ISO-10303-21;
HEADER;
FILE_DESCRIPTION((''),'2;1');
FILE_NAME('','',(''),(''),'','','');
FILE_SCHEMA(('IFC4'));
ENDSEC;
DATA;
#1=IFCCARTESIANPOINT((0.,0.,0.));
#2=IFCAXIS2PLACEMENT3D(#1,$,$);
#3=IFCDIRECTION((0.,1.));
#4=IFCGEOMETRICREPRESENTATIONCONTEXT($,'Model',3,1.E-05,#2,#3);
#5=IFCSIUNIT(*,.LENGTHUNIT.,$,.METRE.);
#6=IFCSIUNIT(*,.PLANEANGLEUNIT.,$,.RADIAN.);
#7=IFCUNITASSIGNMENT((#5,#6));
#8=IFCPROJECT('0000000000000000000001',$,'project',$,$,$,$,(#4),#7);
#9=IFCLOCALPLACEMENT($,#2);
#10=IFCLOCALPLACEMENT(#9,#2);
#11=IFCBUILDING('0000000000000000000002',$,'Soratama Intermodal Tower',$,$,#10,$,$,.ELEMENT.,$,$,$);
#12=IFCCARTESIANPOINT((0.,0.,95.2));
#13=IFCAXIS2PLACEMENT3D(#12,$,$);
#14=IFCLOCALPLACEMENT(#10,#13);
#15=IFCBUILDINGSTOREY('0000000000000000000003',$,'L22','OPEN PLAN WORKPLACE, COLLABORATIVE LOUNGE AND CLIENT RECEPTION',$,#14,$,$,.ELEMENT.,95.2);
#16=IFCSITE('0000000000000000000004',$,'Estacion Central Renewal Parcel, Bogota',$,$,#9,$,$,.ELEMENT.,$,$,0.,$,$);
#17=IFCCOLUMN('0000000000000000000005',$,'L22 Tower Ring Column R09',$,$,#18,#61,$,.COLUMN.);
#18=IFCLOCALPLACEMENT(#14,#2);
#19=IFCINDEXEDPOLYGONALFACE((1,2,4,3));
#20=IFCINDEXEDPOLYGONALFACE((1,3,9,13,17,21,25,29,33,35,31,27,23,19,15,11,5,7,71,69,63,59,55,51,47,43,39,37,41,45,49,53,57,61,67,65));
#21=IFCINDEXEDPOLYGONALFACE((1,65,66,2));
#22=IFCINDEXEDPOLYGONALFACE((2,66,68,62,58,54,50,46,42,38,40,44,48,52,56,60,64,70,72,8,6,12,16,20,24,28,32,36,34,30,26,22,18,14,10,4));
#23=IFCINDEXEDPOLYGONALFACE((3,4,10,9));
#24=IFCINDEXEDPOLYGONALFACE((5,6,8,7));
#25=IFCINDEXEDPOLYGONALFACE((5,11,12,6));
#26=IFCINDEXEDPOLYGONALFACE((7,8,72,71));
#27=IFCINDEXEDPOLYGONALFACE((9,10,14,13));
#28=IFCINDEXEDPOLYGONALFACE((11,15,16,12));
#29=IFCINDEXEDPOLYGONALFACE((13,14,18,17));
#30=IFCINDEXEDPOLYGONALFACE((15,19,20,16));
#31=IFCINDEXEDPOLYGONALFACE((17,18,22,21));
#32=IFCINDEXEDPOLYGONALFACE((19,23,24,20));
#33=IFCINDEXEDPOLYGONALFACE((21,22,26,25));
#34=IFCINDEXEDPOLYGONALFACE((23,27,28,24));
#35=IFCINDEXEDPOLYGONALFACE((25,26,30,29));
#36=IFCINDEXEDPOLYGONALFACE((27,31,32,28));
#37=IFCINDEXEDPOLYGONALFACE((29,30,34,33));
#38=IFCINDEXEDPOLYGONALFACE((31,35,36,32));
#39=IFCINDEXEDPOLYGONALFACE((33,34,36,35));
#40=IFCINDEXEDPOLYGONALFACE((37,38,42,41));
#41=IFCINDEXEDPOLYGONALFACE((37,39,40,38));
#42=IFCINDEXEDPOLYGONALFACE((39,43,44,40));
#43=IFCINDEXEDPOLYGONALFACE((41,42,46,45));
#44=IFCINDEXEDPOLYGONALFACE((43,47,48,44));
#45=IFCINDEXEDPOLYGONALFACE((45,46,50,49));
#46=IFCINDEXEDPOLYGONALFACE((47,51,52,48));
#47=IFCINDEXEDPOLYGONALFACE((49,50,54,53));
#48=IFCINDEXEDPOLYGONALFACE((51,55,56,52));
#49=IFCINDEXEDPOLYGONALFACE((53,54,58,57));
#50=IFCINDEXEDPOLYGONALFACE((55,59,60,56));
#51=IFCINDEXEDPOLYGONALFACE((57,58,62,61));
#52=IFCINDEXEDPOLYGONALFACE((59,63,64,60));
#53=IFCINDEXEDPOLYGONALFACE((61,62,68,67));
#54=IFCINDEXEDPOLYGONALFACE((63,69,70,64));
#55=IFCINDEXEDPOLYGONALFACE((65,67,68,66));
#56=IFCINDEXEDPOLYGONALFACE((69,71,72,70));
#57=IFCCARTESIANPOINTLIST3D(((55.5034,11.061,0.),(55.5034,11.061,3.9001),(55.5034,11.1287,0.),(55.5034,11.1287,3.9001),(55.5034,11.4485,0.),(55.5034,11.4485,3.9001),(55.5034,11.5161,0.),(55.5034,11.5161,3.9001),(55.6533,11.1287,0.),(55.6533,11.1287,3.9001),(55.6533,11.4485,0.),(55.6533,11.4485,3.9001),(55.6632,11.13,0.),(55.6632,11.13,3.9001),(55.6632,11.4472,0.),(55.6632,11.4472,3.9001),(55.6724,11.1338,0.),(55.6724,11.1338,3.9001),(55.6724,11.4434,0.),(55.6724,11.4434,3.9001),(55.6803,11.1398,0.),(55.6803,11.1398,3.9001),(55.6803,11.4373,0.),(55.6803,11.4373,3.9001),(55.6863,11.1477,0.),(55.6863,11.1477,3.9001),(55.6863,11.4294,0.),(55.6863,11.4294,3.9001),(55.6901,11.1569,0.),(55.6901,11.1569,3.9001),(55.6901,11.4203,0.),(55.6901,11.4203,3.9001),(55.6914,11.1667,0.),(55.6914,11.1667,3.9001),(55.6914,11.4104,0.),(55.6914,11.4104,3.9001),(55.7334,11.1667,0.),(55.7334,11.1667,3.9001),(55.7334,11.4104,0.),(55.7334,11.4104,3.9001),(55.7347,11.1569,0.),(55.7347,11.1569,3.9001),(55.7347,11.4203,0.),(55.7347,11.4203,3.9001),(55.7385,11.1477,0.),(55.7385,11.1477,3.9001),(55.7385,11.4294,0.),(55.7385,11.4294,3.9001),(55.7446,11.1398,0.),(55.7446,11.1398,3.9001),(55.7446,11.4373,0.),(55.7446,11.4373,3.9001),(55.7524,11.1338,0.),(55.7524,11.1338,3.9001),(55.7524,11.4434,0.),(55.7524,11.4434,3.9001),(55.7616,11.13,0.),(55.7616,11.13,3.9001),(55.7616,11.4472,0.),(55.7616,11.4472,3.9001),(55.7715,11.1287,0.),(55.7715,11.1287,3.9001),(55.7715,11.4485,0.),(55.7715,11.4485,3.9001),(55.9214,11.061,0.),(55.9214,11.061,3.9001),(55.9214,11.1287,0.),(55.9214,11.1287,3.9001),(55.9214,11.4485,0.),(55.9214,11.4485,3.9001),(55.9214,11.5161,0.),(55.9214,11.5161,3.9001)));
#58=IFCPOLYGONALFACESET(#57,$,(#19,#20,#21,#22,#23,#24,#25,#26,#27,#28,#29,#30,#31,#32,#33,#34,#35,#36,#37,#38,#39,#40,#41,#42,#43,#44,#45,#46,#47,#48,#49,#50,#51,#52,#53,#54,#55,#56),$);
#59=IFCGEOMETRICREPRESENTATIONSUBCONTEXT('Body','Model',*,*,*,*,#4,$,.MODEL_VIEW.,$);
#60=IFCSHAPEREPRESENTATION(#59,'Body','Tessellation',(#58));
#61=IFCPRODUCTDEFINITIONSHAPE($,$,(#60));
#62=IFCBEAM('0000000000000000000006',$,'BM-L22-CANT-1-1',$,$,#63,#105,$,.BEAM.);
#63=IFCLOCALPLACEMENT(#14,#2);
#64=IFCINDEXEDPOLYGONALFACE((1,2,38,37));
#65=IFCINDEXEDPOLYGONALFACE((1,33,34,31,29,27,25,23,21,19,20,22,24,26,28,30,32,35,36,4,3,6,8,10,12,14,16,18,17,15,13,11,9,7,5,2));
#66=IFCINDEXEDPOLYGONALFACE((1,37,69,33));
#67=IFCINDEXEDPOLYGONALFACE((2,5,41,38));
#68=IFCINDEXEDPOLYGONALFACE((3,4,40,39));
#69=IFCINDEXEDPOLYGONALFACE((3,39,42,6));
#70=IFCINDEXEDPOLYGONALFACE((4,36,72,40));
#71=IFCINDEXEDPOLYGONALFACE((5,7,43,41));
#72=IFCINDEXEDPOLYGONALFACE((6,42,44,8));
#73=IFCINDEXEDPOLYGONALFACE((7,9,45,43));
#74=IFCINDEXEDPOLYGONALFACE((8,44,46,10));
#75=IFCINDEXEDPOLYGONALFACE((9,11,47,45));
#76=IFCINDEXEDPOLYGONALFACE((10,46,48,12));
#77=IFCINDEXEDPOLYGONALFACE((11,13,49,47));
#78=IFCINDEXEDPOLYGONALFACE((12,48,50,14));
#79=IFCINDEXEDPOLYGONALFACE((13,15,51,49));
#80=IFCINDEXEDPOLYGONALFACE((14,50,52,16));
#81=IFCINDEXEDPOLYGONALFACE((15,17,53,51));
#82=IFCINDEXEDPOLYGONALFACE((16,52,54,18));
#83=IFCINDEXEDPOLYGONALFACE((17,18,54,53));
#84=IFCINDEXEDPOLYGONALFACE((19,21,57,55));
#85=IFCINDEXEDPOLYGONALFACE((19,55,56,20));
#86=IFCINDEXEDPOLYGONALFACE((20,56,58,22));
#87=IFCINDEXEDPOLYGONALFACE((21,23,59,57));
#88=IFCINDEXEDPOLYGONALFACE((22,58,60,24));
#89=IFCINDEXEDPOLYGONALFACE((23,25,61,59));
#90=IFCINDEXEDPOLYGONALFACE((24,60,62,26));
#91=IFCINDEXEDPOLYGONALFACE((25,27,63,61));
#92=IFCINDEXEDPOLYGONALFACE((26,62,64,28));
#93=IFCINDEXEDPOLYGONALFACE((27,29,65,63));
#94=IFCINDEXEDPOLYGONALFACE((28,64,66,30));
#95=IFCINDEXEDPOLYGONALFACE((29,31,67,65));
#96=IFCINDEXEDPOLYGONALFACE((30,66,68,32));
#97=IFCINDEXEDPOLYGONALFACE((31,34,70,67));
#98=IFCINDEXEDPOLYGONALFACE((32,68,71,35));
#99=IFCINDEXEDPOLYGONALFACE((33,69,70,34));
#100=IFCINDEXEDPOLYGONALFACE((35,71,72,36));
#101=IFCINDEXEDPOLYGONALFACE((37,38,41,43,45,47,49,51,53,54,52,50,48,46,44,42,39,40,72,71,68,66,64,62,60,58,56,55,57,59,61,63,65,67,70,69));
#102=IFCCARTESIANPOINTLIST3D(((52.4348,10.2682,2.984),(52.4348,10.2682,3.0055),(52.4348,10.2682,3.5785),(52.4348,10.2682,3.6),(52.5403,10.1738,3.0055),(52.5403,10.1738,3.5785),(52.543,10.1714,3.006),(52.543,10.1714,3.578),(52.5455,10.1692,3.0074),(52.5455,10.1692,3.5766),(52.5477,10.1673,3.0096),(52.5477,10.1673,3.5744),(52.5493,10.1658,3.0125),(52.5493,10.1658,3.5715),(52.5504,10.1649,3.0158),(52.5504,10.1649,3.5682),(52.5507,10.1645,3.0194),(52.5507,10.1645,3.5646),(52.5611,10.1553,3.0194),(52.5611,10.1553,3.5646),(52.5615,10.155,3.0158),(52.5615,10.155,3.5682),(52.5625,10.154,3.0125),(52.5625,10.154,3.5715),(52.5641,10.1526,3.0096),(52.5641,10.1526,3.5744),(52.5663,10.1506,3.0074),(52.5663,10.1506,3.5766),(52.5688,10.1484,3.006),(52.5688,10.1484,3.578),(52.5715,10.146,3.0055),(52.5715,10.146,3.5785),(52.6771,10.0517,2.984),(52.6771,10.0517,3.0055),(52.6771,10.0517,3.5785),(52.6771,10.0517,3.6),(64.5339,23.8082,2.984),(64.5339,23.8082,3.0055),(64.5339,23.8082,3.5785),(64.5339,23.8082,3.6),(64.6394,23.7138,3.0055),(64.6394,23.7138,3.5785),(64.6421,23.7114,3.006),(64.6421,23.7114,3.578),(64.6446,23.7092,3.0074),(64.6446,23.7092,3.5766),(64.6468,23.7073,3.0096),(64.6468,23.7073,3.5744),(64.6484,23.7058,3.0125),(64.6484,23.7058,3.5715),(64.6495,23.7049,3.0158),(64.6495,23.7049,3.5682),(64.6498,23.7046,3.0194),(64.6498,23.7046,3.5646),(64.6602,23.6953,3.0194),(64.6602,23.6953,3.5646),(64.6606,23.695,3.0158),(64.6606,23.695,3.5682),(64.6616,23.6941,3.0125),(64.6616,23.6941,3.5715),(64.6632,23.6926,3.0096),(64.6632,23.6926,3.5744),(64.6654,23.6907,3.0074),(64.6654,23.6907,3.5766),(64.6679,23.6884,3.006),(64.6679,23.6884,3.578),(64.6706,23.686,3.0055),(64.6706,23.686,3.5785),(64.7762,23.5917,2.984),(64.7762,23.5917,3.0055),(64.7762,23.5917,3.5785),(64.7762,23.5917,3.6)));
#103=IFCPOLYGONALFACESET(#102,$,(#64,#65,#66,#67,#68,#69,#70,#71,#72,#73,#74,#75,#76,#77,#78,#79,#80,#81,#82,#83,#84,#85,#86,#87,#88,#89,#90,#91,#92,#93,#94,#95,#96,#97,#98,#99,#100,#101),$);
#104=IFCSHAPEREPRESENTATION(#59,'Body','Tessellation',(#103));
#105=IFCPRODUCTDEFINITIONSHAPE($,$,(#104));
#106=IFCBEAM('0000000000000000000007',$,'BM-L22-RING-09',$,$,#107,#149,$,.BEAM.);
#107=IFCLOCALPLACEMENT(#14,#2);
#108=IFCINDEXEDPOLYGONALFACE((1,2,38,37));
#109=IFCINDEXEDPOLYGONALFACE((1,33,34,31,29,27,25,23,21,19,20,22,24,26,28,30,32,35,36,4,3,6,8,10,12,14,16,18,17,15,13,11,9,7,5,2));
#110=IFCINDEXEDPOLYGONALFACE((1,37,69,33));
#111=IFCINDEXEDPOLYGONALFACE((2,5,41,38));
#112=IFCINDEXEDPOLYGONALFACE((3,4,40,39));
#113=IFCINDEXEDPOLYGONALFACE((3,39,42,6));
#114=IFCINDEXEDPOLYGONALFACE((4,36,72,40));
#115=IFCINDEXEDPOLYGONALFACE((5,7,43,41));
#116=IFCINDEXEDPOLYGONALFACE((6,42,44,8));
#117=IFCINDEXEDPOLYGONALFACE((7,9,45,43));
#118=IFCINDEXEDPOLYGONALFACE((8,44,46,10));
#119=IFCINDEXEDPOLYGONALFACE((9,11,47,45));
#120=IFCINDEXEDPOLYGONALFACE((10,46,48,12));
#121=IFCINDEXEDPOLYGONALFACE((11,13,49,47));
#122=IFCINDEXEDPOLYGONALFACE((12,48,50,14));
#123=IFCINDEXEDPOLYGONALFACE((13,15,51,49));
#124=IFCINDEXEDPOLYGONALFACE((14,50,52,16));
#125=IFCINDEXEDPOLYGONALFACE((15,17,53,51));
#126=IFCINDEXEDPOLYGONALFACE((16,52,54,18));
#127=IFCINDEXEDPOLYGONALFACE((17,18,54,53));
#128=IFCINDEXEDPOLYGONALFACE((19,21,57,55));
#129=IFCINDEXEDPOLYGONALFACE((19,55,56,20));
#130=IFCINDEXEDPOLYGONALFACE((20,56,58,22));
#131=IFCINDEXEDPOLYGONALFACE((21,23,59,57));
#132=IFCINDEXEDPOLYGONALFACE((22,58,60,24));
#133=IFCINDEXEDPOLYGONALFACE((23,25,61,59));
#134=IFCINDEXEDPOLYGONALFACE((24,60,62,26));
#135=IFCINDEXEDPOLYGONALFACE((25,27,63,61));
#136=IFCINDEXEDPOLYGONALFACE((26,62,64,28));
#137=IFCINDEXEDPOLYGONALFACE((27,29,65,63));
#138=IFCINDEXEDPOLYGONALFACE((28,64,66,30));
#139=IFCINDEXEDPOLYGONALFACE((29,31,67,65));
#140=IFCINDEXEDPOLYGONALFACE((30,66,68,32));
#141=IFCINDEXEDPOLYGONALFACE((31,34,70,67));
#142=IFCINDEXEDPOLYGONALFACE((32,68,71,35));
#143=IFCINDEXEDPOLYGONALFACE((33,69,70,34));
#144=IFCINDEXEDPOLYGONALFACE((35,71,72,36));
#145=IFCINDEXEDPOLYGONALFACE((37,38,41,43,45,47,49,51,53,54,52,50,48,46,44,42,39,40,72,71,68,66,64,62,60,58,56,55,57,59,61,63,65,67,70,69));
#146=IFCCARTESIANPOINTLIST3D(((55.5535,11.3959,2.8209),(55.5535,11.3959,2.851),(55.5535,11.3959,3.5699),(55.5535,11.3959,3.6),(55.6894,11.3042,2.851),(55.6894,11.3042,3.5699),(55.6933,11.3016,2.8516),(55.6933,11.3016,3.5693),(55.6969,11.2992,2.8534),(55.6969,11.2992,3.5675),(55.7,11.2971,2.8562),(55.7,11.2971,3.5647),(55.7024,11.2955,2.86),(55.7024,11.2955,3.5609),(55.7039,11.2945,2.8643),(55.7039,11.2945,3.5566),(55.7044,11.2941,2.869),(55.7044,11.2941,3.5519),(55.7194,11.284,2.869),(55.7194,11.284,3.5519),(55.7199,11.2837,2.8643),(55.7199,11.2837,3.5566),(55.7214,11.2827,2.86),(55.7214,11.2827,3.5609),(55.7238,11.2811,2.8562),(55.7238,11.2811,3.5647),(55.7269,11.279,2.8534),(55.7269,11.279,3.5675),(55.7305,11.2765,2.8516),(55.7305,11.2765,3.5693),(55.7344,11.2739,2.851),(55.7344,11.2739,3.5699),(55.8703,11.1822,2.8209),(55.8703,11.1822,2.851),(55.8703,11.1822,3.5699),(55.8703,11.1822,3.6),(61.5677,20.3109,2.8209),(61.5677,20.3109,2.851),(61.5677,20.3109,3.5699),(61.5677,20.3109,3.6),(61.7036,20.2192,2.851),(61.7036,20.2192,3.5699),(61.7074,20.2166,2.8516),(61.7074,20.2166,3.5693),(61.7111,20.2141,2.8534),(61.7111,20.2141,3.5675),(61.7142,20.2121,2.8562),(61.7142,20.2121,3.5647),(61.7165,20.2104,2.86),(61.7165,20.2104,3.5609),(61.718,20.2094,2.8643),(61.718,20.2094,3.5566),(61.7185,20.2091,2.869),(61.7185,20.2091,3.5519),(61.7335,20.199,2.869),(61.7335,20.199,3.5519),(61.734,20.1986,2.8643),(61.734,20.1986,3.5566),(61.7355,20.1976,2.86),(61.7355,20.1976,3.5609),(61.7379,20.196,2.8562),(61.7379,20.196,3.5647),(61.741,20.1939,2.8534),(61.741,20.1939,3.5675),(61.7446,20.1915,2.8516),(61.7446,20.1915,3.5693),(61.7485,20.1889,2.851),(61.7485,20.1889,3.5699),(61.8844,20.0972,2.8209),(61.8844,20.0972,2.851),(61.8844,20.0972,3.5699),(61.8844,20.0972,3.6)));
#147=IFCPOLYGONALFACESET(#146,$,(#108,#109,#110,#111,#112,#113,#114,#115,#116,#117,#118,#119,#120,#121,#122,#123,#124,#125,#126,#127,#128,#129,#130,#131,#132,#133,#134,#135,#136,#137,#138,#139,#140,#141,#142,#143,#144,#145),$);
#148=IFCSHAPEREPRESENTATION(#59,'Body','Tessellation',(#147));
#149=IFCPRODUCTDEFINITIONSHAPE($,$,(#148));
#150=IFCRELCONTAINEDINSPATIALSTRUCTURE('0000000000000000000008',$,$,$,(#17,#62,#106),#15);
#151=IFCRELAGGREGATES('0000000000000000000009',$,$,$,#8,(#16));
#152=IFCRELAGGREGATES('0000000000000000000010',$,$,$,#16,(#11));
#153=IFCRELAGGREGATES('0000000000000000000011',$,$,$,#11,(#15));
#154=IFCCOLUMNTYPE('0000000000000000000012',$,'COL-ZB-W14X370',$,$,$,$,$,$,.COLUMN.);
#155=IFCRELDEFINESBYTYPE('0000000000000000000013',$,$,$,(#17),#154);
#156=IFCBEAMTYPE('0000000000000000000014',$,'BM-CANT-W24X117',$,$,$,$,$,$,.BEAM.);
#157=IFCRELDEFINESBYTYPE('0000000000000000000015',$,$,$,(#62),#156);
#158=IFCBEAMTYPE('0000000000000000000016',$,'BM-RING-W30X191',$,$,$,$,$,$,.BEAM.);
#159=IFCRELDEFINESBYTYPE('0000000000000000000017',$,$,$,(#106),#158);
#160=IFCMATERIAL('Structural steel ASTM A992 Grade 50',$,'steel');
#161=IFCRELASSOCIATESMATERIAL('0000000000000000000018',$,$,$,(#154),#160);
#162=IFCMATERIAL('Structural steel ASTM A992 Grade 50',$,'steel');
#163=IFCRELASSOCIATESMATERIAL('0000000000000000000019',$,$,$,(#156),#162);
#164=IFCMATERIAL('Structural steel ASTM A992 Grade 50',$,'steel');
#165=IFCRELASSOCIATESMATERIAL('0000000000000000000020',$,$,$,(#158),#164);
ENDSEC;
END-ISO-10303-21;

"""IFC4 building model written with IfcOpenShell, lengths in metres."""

from ifc_helpers import new_model, si_unit, direction, frame, origin, origin_2d, place, context, subcontext, project, spatial, i_section, extrude, material, material_profile, profile_set, type_object, element, save


model = new_model("IFC4")

# Units and contexts
model_context = context("Model", 3, precision=1e-05, world=origin(), true_north=direction((0.0, 1.0)))
body_context = subcontext(model_context, "Body", "Model", "MODEL_VIEW")
ifc_project = project(units=[si_unit("LENGTHUNIT", "METRE"), si_unit("PLANEANGLEUNIT", "RADIAN")], contexts=[model_context])

# Site, building, storey
site_placement = place(None, origin())
site = spatial("IfcSite", under=ifc_project, at=site_placement, Name="Estacion Central Renewal Parcel, Bogota", CompositionType="ELEMENT", RefElevation=0.0)
building_placement = place(site_placement, origin())
building = spatial("IfcBuilding", under=site, at=building_placement, Name="Soratama Intermodal Tower", CompositionType="ELEMENT")
storey_placement = place(building_placement, frame((0.0, 0.0, 95.2)))
storey = spatial("IfcBuildingStorey", under=building, at=storey_placement, Name="L22", Description="OPEN PLAN WORKPLACE, COLLABORATIVE LOUNGE AND CLIENT RECEPTION", CompositionType="ELEMENT", Elevation=95.2)

# Column
ifc_material_1 = material(Name="Structural steel ASTM A992 Grade 50", Category="steel")
ifc_material_profile_1 = material_profile(ifc_material_1, i_section(OverallWidth=0.418, OverallDepth=0.4551, WebThickness=0.042, FlangeThickness=0.0676, FilletRadius=0.0381, at=origin_2d()), Name="W14X370")
ifc_profile_set_1 = profile_set([ifc_material_profile_1], Name="Structural steel ASTM A992 Grade 50")
column_type = type_object("IfcColumnType", Name="COL-ZB-W14X370", PredefinedType="COLUMN", material=ifc_profile_set_1)
column_placement = place(storey_placement, frame((55.7124, 11.2886, 0.0), z_axis=(0.0, 0.0, 1.0), x_axis=(1.0, 0.0, 0.0)))
element("IfcColumn", 1, at=column_placement, inside=storey, type_object=column_type, Name="L22 Tower Ring Column R09", PredefinedType="COLUMN", context=body_context, shape_type="SweptSolid", body=[
    extrude(i_section(OverallWidth=0.418, OverallDepth=0.4551, WebThickness=0.042, FlangeThickness=0.0676, FilletRadius=0.0381, at=origin_2d()), origin(), (0.0, 0.0, 1.0), 3.9001),
])

# Beams
ifc_material_2 = material(Name="Structural steel ASTM A992 Grade 50", Category="steel")
ifc_material_profile_2 = material_profile(ifc_material_2, i_section(OverallWidth=0.325, OverallDepth=0.616, WebThickness=0.0139, FlangeThickness=0.0215, FilletRadius=0.0139, at=origin_2d()), Name="W24X117")
ifc_profile_set_2 = profile_set([ifc_material_profile_2], Name="Structural steel ASTM A992 Grade 50")
beam_type_1 = type_object("IfcBeamType", Name="BM-CANT-W24X117", PredefinedType="BEAM", material=ifc_profile_set_2)
beam_1_placement = place(storey_placement, frame((52.5559, 10.1599, 3.292), z_axis=(0.666316, 0.745669, 0.0), x_axis=(-0.745669, 0.666316, 0.0)))
element("IfcBeam", 2, at=beam_1_placement, inside=storey, type_object=beam_type_1, Name="BM-L22-CANT-1-1", PredefinedType="BEAM", context=body_context, shape_type="SweptSolid", body=[
    extrude(i_section(OverallWidth=0.325, OverallDepth=0.616, WebThickness=0.0139, FlangeThickness=0.0215, FilletRadius=0.0139, at=origin_2d()), origin(), (0.0, 0.0, 1.0), 18.1582),
])
ifc_material_3 = material(Name="Structural steel ASTM A992 Grade 50", Category="steel")
ifc_material_profile_3 = material_profile(ifc_material_3, i_section(OverallWidth=0.3821, OverallDepth=0.7791, WebThickness=0.0181, FlangeThickness=0.03, FilletRadius=0.0181, at=origin_2d()), Name="W30X191")
ifc_profile_set_3 = profile_set([ifc_material_profile_3], Name="Structural steel ASTM A992 Grade 50")
beam_type_2 = type_object("IfcBeamType", Name="BM-RING-W30X191", PredefinedType="BEAM", material=ifc_profile_set_3)
beam_2_placement = place(storey_placement, frame((55.7119, 11.2891, 3.2104), z_axis=(0.55925, 0.828999, 0.0), x_axis=(-0.828999, 0.55925, 0.0)))
element("IfcBeam", 3, at=beam_2_placement, inside=storey, type_object=beam_type_2, Name="BM-L22-RING-09", PredefinedType="BEAM", context=body_context, shape_type="SweptSolid", body=[
    extrude(i_section(OverallWidth=0.3821, OverallDepth=0.7791, WebThickness=0.0181, FlangeThickness=0.03, FilletRadius=0.0181, at=origin_2d()), origin(), (0.0, 0.0, 1.0), 10.7539),
])

save(model, "model.ifc")
